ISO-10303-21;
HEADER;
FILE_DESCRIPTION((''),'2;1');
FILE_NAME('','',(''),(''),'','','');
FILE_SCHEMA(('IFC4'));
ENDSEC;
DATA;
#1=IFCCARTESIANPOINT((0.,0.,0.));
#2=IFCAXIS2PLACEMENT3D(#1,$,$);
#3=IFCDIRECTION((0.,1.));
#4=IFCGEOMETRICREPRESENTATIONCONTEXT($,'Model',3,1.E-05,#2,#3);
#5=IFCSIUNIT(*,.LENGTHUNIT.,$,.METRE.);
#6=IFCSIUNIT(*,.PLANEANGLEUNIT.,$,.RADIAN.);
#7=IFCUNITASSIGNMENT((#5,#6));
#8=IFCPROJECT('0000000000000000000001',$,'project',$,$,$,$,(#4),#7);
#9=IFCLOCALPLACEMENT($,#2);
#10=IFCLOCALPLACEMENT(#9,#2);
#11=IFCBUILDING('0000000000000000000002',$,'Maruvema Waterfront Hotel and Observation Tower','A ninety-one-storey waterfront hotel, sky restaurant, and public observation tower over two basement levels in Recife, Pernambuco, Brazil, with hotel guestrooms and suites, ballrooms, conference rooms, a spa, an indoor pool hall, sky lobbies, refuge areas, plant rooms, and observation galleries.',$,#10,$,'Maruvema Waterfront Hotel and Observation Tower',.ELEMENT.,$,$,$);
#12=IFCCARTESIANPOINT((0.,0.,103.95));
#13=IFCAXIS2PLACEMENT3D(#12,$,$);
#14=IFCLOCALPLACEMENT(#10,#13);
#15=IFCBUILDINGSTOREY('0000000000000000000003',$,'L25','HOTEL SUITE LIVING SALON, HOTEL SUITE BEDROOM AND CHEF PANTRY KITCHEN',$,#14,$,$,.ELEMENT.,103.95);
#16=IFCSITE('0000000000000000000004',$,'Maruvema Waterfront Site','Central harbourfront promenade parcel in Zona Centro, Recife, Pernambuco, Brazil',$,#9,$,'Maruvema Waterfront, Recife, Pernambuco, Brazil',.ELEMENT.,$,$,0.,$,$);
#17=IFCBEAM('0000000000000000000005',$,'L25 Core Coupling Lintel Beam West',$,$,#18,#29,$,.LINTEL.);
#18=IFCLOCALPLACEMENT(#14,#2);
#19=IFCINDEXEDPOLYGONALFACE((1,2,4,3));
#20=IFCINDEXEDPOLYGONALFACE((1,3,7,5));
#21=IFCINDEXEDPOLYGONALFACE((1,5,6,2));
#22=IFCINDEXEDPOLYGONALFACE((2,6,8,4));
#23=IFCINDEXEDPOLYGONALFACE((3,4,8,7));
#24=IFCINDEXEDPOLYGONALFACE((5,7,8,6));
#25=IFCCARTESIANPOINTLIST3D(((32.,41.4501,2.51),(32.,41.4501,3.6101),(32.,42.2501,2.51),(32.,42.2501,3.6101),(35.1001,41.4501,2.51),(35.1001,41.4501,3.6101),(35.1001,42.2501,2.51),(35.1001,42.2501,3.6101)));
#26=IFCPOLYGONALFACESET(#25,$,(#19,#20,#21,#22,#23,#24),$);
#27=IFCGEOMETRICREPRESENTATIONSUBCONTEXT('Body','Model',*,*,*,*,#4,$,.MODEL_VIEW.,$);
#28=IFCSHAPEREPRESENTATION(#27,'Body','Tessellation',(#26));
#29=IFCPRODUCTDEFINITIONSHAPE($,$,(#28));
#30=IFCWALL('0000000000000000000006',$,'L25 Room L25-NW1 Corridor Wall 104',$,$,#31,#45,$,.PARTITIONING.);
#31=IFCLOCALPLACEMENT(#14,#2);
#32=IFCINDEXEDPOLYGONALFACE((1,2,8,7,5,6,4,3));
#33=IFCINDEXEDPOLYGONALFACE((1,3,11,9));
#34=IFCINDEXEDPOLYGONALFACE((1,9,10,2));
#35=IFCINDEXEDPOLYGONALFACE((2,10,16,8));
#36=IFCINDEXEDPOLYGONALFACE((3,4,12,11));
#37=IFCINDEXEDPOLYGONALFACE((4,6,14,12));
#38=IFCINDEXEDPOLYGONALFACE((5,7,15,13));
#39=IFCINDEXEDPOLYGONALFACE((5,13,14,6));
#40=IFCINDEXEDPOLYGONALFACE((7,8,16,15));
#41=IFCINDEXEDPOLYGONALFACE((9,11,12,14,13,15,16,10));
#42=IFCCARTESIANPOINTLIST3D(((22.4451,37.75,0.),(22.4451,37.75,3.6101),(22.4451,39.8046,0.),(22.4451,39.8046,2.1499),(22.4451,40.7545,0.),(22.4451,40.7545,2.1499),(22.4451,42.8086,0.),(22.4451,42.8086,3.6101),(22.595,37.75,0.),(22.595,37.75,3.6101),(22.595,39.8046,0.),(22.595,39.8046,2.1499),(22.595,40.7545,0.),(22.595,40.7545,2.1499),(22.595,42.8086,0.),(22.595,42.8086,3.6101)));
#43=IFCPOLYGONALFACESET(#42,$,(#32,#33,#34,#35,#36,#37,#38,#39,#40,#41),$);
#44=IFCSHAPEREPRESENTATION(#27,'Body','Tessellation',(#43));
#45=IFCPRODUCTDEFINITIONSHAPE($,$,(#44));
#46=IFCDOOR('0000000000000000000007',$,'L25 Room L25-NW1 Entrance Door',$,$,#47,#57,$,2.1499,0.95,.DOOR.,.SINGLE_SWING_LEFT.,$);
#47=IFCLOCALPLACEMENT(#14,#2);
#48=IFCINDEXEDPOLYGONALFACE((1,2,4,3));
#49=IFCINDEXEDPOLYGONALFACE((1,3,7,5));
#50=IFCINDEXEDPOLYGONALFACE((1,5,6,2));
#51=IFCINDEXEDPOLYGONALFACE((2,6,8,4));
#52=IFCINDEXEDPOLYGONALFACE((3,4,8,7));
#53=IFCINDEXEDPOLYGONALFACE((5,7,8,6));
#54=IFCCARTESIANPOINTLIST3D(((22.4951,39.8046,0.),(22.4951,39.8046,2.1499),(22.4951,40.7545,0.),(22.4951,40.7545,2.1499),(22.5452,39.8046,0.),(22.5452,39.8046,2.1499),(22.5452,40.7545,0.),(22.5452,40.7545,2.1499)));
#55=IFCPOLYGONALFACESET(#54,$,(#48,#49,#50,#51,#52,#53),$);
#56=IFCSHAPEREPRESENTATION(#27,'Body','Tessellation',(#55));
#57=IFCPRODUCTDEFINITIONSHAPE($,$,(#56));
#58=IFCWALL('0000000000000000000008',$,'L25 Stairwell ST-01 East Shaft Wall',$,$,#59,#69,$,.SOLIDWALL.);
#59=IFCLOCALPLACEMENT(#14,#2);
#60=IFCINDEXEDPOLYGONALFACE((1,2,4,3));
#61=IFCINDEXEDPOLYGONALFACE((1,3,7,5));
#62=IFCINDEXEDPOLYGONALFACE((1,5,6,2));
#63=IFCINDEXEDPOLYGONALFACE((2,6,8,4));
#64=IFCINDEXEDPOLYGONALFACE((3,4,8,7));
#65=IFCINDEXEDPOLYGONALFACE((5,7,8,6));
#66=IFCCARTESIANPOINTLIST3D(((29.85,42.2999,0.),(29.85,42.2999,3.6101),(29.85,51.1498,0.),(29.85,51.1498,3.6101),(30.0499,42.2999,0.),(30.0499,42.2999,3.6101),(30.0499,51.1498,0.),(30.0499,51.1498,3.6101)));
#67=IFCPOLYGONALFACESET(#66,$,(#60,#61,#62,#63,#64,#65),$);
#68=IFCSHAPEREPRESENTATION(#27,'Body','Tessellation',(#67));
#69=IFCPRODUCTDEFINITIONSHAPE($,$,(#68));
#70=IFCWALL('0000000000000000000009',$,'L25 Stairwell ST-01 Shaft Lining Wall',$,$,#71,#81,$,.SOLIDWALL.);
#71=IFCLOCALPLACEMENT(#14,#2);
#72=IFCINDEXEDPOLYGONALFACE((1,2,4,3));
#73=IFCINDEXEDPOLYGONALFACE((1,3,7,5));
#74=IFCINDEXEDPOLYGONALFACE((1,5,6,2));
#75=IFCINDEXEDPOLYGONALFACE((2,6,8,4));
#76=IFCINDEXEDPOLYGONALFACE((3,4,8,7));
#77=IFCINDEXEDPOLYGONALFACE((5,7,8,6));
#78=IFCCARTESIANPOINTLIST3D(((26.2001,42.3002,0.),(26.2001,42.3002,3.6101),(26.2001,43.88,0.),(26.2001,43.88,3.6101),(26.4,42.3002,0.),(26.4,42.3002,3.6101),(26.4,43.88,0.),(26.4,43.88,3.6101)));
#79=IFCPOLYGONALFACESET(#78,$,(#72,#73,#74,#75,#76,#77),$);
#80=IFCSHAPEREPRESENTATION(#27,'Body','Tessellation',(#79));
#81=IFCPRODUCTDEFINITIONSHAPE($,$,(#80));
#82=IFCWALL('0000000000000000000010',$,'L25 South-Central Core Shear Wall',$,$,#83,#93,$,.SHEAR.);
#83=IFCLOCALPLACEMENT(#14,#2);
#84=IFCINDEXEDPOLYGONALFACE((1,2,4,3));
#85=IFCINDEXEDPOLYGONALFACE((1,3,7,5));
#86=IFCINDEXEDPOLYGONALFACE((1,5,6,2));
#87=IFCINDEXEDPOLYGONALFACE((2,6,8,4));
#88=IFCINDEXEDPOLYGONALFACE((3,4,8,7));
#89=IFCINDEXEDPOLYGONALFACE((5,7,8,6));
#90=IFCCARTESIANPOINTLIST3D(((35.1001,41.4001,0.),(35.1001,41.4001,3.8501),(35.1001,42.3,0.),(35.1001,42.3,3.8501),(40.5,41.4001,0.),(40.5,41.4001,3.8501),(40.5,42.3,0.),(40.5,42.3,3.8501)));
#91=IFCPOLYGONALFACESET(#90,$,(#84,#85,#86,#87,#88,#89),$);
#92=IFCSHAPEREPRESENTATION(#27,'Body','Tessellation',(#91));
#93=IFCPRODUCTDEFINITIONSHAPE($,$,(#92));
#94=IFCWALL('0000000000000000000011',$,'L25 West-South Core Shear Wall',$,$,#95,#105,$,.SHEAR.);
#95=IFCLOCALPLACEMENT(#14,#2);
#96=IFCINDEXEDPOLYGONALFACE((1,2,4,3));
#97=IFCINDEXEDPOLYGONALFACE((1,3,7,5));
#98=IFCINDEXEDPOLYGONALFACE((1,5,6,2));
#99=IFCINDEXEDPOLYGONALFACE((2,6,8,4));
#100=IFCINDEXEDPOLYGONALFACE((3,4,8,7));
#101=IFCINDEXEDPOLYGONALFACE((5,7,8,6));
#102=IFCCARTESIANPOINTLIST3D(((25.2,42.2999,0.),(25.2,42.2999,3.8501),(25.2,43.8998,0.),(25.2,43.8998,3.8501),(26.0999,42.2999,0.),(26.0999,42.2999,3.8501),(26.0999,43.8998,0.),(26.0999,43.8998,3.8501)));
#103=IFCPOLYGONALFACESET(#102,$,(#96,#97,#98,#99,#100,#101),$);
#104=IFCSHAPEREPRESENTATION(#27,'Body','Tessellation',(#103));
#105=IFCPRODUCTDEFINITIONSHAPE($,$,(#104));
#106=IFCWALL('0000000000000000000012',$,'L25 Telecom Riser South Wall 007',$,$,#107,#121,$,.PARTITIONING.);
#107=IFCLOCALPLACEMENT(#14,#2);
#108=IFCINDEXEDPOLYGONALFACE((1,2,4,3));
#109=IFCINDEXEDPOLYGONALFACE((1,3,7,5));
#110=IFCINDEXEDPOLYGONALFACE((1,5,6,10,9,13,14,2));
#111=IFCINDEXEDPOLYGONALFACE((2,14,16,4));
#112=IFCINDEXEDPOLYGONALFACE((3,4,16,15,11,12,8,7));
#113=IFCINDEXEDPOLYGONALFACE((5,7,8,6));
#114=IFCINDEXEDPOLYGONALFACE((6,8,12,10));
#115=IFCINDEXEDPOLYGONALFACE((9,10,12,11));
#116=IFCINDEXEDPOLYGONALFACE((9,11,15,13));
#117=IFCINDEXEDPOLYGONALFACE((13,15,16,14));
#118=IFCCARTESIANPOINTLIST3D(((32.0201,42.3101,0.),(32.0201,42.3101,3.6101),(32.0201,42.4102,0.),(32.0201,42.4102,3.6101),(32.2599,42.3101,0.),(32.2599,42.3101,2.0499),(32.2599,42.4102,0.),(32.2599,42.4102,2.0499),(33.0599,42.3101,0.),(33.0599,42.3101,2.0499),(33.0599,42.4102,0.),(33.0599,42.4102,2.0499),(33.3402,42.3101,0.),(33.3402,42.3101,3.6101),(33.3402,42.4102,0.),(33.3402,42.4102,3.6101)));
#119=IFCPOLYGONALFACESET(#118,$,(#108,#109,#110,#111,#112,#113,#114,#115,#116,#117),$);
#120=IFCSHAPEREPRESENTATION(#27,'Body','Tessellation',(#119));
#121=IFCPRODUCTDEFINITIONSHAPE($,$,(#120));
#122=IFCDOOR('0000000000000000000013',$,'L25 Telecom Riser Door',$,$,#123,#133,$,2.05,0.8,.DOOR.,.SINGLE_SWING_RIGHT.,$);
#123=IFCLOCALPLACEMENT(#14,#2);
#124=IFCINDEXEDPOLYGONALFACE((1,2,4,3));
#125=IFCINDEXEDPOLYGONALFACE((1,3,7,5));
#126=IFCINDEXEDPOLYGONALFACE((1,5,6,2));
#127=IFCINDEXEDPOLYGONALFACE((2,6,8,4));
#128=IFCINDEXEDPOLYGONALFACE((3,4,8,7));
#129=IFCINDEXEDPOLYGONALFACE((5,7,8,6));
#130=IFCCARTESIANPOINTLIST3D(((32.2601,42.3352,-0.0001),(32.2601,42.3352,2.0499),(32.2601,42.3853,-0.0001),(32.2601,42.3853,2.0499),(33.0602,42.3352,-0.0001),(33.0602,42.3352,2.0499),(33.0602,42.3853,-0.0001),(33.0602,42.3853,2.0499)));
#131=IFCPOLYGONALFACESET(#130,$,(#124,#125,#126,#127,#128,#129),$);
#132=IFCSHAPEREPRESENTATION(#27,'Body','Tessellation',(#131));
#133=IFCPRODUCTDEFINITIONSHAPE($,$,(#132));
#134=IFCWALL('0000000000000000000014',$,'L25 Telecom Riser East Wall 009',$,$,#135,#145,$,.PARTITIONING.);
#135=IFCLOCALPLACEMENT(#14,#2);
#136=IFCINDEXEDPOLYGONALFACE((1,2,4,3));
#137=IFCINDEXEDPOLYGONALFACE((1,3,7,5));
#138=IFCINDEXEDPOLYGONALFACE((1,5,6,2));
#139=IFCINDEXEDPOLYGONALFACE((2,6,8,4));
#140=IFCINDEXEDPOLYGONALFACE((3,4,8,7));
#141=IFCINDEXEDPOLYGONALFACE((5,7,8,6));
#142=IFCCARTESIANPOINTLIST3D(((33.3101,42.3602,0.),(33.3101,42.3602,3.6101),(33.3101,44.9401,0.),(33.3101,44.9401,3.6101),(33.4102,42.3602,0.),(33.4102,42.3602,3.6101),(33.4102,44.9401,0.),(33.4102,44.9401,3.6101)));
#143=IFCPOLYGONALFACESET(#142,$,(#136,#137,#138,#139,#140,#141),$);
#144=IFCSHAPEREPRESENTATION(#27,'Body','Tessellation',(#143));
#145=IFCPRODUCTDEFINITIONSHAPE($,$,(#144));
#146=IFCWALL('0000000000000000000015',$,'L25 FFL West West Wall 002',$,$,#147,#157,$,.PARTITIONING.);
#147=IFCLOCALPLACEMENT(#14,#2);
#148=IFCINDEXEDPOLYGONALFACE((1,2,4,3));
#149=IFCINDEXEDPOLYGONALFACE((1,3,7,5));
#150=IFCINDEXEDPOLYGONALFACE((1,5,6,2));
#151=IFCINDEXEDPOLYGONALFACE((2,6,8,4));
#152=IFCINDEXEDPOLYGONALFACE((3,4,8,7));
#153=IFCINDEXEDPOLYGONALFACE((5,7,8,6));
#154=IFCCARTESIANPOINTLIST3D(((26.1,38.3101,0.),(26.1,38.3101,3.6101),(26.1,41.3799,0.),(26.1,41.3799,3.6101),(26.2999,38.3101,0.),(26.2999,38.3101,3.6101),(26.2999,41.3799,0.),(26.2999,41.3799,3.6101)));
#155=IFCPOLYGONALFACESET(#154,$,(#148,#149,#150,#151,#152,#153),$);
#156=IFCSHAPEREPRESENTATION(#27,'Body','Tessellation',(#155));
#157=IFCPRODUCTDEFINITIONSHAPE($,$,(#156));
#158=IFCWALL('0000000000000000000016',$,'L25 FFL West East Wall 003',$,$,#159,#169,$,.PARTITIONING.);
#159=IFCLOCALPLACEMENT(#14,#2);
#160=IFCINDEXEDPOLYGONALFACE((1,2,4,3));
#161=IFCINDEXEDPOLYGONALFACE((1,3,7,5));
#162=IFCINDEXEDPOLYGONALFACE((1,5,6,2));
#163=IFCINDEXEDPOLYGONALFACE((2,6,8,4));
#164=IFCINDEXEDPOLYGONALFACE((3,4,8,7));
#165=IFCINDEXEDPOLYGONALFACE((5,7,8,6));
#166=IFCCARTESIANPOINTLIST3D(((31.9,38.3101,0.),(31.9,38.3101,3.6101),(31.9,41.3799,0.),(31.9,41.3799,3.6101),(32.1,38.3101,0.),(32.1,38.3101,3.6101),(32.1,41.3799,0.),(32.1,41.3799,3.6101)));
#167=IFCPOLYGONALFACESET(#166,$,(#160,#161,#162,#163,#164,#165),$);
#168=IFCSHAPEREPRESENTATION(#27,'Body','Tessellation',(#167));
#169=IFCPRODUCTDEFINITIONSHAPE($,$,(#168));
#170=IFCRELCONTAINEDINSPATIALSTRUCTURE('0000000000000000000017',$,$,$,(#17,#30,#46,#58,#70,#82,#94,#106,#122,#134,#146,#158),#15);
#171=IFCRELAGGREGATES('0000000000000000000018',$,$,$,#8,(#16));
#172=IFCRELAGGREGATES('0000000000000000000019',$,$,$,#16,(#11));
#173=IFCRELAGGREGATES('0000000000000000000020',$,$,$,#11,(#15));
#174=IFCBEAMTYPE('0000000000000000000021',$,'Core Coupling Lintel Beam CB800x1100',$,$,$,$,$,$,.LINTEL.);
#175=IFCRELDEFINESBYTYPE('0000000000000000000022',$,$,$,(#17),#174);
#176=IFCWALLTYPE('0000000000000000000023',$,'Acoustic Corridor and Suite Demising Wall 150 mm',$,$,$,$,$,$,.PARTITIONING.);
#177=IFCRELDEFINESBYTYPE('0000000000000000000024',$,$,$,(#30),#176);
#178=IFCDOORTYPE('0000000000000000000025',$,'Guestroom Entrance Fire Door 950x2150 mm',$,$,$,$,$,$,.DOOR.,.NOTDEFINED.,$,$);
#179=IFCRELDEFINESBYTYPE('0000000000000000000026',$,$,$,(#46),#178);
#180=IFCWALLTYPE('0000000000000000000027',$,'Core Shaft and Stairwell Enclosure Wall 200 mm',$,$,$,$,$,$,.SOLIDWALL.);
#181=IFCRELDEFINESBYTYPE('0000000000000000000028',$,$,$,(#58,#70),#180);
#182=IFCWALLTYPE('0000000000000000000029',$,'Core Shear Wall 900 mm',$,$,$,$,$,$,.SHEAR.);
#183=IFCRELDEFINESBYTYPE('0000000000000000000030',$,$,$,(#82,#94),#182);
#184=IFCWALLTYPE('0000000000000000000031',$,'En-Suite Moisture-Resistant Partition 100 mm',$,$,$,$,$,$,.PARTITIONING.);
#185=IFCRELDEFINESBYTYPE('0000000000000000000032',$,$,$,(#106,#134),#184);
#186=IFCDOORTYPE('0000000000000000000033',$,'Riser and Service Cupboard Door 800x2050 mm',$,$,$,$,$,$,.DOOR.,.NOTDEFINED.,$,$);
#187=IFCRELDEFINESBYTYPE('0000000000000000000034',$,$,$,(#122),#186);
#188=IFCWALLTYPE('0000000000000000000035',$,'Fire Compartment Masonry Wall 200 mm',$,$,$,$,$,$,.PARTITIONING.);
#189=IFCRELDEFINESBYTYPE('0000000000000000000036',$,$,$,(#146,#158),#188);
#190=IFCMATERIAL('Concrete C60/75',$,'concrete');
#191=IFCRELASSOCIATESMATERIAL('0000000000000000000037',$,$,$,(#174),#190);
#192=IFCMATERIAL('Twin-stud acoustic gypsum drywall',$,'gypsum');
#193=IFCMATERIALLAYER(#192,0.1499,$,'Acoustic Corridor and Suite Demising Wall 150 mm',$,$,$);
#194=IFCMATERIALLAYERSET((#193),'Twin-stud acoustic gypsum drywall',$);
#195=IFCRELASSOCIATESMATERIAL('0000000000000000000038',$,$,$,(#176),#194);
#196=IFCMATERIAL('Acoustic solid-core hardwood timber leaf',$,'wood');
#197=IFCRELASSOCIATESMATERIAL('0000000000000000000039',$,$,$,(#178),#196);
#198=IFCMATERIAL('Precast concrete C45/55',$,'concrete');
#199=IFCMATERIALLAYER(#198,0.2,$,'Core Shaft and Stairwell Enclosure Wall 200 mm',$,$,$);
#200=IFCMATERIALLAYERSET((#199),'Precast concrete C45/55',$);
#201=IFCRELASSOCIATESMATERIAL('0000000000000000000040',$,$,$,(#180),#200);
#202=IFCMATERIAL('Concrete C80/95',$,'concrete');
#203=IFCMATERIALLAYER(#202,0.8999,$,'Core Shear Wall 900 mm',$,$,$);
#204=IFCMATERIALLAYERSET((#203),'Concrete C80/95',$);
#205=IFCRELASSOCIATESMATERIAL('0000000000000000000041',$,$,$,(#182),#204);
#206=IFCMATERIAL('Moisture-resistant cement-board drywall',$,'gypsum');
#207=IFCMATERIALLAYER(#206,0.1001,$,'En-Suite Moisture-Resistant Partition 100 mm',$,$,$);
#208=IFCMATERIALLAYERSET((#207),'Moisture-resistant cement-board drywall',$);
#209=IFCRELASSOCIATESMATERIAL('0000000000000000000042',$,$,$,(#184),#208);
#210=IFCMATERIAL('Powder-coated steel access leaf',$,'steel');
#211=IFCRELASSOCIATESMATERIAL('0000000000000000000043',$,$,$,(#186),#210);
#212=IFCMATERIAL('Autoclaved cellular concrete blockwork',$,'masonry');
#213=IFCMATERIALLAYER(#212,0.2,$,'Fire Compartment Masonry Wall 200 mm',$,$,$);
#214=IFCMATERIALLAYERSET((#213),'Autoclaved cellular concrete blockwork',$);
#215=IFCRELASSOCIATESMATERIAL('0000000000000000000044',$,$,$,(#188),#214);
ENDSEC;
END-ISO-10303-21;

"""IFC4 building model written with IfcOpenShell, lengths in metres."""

from ifc_helpers import new_model, si_unit, direction, frame, frame_2d, origin, origin_2d, place, context, subcontext, project, spatial, rectangle, extrude, material, layer, layer_set, material_profile, profile_set, type_object, element, fill, save


model = new_model("IFC4")

# Units and contexts
model_context = context("Model", 3, precision=1e-05, world=origin(), true_north=direction((0.0, 1.0)))
body_context = subcontext(model_context, "Body", "Model", "MODEL_VIEW")
ifc_project = project(units=[si_unit("LENGTHUNIT", "METRE"), si_unit("PLANEANGLEUNIT", "RADIAN")], contexts=[model_context])

# Site, building, storey
site_placement = place(None, origin())
site = spatial("IfcSite", under=ifc_project, at=site_placement, Name="Maruvema Waterfront Site", Description="Central harbourfront promenade parcel in Zona Centro, Recife, Pernambuco, Brazil", LongName="Maruvema Waterfront, Recife, Pernambuco, Brazil", CompositionType="ELEMENT", RefElevation=0.0)
building_placement = place(site_placement, origin())
building = spatial("IfcBuilding", under=site, at=building_placement, Name="Maruvema Waterfront Hotel and Observation Tower", Description="A ninety-one-storey waterfront hotel, sky restaurant, and public observation tower over two basement levels in Recife, Pernambuco, Brazil, with hotel guestrooms and suites, ballrooms, conference rooms, a spa, an indoor pool hall, sky lobbies, refuge areas, plant rooms, and observation galleries.", LongName="Maruvema Waterfront Hotel and Observation Tower", CompositionType="ELEMENT")
storey_placement = place(building_placement, frame((0.0, 0.0, 103.95)))
storey = spatial("IfcBuildingStorey", under=building, at=storey_placement, Name="L25", Description="HOTEL SUITE LIVING SALON, HOTEL SUITE BEDROOM AND CHEF PANTRY KITCHEN", CompositionType="ELEMENT", Elevation=103.95)

# Beam
ifc_material_1 = material(Name="Concrete C60/75", Category="concrete")
ifc_material_profile = material_profile(ifc_material_1, rectangle(XDim=0.8, YDim=1.1001, at=origin_2d()), Name="CB800x1100")
ifc_profile_set = profile_set([ifc_material_profile], Name="Concrete C60/75")
beam_type = type_object("IfcBeamType", Name="Core Coupling Lintel Beam CB800x1100", PredefinedType="LINTEL", material=ifc_profile_set)
beam_placement = place(storey_placement, frame((32.0, 41.8501, 3.0601), z_axis=(1.0, 0.0, 0.0), x_axis=(0.0, 1.0, 0.0)))
element("IfcBeam", 1, at=beam_placement, inside=storey, type_object=beam_type, Name="L25 Core Coupling Lintel Beam West", PredefinedType="LINTEL", context=body_context, shape_type="SweptSolid", body=[
    extrude(rectangle(XDim=0.8, YDim=1.1001, at=origin_2d()), origin(), (0.0, 0.0, 1.0), 3.1001),
])

# Wall, opening, door
ifc_material_2 = material(Name="Twin-stud acoustic gypsum drywall", Category="gypsum")
ifc_layer_1 = layer(ifc_material_2, 0.1499, Name="Acoustic Corridor and Suite Demising Wall 150 mm")
ifc_layer_set_1 = layer_set([ifc_layer_1], Name="Twin-stud acoustic gypsum drywall")
wall_type_1 = type_object("IfcWallType", Name="Acoustic Corridor and Suite Demising Wall 150 mm", PredefinedType="PARTITIONING", material=ifc_layer_set_1)
wall_1_placement = place(storey_placement, frame((22.52, 37.75, 0.0), z_axis=(0.0, 0.0, 1.0), x_axis=(0.0, 1.0, 0.0)))
wall_1 = element("IfcWall", 2, at=wall_1_placement, inside=storey, type_object=wall_type_1, Name="L25 Room L25-NW1 Corridor Wall 104", PredefinedType="PARTITIONING", context=body_context, shape_type="SweptSolid", body=[
    extrude(rectangle(XDim=5.0586, YDim=0.1499, at=frame_2d((2.5293, 0.0))), origin(), (0.0, 0.0, 1.0), 3.6101),
])
opening_1_placement = place(wall_1_placement, frame((2.0544, 0.0, 0.0)))
opening_1 = element("IfcOpeningElement", 3, at=opening_1_placement, cuts=wall_1, PredefinedType="OPENING", context=body_context, shape_type="SweptSolid", body=[
    extrude(rectangle(XDim=0.95, YDim=2.1499, at=frame_2d((0.4751, 1.075))), frame((0.0, 0.085, 0.0), z_axis=(0.0, -1.0, 0.0), x_axis=(1.0, 0.0, 0.0)), (0.0, 0.0, 1.0), 0.1699),
])
ifc_material_3 = material(Name="Acoustic solid-core hardwood timber leaf", Category="wood")
door_type_1 = type_object("IfcDoorType", Name="Guestroom Entrance Fire Door 950x2150 mm", OperationType="NOTDEFINED", PredefinedType="DOOR", material=ifc_material_3)
door_1_placement = place(opening_1_placement, origin())
door_1 = element("IfcDoor", 4, at=door_1_placement, inside=storey, type_object=door_type_1, Name="L25 Room L25-NW1 Entrance Door", OperationType="SINGLE_SWING_LEFT", OverallHeight=2.1499, OverallWidth=0.95, PredefinedType="DOOR", context=body_context, shape_type="SweptSolid", body=[
    extrude(rectangle(XDim=0.95, YDim=2.1499, at=frame_2d((0.4751, 1.075))), frame((0.0, 0.0249, 0.0), z_axis=(0.0, -1.0, 0.0), x_axis=(1.0, 0.0, 0.0)), (0.0, 0.0, 1.0), 0.05),
])
fill(opening_1, door_1)

# Walls
ifc_material_4 = material(Name="Precast concrete C45/55", Category="concrete")
ifc_layer_2 = layer(ifc_material_4, 0.2, Name="Core Shaft and Stairwell Enclosure Wall 200 mm")
ifc_layer_set_2 = layer_set([ifc_layer_2], Name="Precast concrete C45/55")
wall_type_2 = type_object("IfcWallType", Name="Core Shaft and Stairwell Enclosure Wall 200 mm", PredefinedType="SOLIDWALL", material=ifc_layer_set_2)
wall_2_placement = place(storey_placement, frame((29.95, 42.3, 0.0), z_axis=(0.0, 0.0, 1.0), x_axis=(0.0, 1.0, 0.0)))
element("IfcWall", 5, at=wall_2_placement, inside=storey, type_object=wall_type_2, Name="L25 Stairwell ST-01 East Shaft Wall", PredefinedType="SOLIDWALL", context=body_context, shape_type="SweptSolid", body=[
    extrude(rectangle(XDim=8.8499, YDim=0.2, at=frame_2d((4.4248, 0.0))), origin(), (0.0, 0.0, 1.0), 3.6101),
])
wall_3_placement = place(storey_placement, frame((26.3, 42.3, 0.0), z_axis=(0.0, 0.0, 1.0), x_axis=(0.0, 1.0, 0.0)))
element("IfcWall", 6, at=wall_3_placement, inside=storey, type_object=wall_type_2, Name="L25 Stairwell ST-01 Shaft Lining Wall", PredefinedType="SOLIDWALL", context=body_context, shape_type="SweptSolid", body=[
    extrude(rectangle(XDim=1.5798, YDim=0.2, at=frame_2d((0.79, 0.0))), origin(), (0.0, 0.0, 1.0), 3.6101),
])

# Shared definitions
ifc_material_5 = material(Name="Concrete C80/95", Category="concrete")
ifc_layer_3 = layer(ifc_material_5, 0.8999, Name="Core Shear Wall 900 mm")
ifc_layer_set_3 = layer_set([ifc_layer_3], Name="Concrete C80/95")
wall_type_3 = type_object("IfcWallType", Name="Core Shear Wall 900 mm", PredefinedType="SHEAR", material=ifc_layer_set_3)

# Walls
wall_4_placement = place(storey_placement, frame((35.1001, 41.8501, 0.0), z_axis=(0.0, 0.0, 1.0), x_axis=(1.0, 0.0, 0.0)))
element("IfcWall", 7, at=wall_4_placement, inside=storey, type_object=wall_type_3, Name="L25 South-Central Core Shear Wall", PredefinedType="SHEAR", context=body_context, shape_type="SweptSolid", body=[
    extrude(rectangle(XDim=5.3999, YDim=0.8999, at=frame_2d((2.7, 0.0))), origin(), (0.0, 0.0, 1.0), 3.8501),
])
wall_5_placement = place(storey_placement, frame((25.6499, 42.3, 0.0), z_axis=(0.0, 0.0, 1.0), x_axis=(0.0, 1.0, 0.0)))
element("IfcWall", 8, at=wall_5_placement, inside=storey, type_object=wall_type_3, Name="L25 West-South Core Shear Wall", PredefinedType="SHEAR", context=body_context, shape_type="SweptSolid", body=[
    extrude(rectangle(XDim=1.5999, YDim=0.8999, at=frame_2d((0.7998, 0.0))), origin(), (0.0, 0.0, 1.0), 3.8501),
])

# Wall, opening, door
ifc_material_6 = material(Name="Moisture-resistant cement-board drywall", Category="gypsum")
ifc_layer_4 = layer(ifc_material_6, 0.1001, Name="En-Suite Moisture-Resistant Partition 100 mm")
ifc_layer_set_4 = layer_set([ifc_layer_4], Name="Moisture-resistant cement-board drywall")
wall_type_4 = type_object("IfcWallType", Name="En-Suite Moisture-Resistant Partition 100 mm", PredefinedType="PARTITIONING", material=ifc_layer_set_4)
wall_6_placement = place(storey_placement, frame((32.02, 42.3601, 0.0), z_axis=(0.0, 0.0, 1.0), x_axis=(1.0, 0.0, 0.0)))
wall_6 = element("IfcWall", 9, at=wall_6_placement, inside=storey, type_object=wall_type_4, Name="L25 Telecom Riser South Wall 007", PredefinedType="PARTITIONING", context=body_context, shape_type="SweptSolid", body=[
    extrude(rectangle(XDim=1.3201, YDim=0.1001, at=frame_2d((0.6602, 0.0))), origin(), (0.0, 0.0, 1.0), 3.6101),
])
opening_2_placement = place(wall_6_placement, frame((0.24, 0.0, 0.0)))
opening_2 = element("IfcOpeningElement", 10, at=opening_2_placement, cuts=wall_6, PredefinedType="OPENING", context=body_context, shape_type="SweptSolid", body=[
    extrude(rectangle(XDim=0.8, YDim=2.05, at=frame_2d((0.3999, 1.0249))), frame((0.0, 0.0601, 0.0), z_axis=(0.0, -1.0, 0.0), x_axis=(1.0, 0.0, 0.0)), (0.0, 0.0, 1.0), 0.1201),
])
ifc_material_7 = material(Name="Powder-coated steel access leaf", Category="steel")
door_type_2 = type_object("IfcDoorType", Name="Riser and Service Cupboard Door 800x2050 mm", OperationType="NOTDEFINED", PredefinedType="DOOR", material=ifc_material_7)
door_2_placement = place(opening_2_placement, frame((0.8, 0.0, 0.0), z_axis=(0.0, 0.0, 1.0), x_axis=(-1.0, 0.0, 0.0)))
door_2 = element("IfcDoor", 11, at=door_2_placement, inside=storey, type_object=door_type_2, Name="L25 Telecom Riser Door", OperationType="SINGLE_SWING_RIGHT", OverallHeight=2.05, OverallWidth=0.8, PredefinedType="DOOR", context=body_context, shape_type="SweptSolid", body=[
    extrude(rectangle(XDim=0.8, YDim=2.05, at=frame_2d((0.3999, 1.0249))), frame((0.0, 0.0249, 0.0), z_axis=(0.0, -1.0, 0.0), x_axis=(1.0, 0.0, 0.0)), (0.0, 0.0, 1.0), 0.05),
])
fill(opening_2, door_2)

# Wall
wall_7_placement = place(storey_placement, frame((33.3601, 42.3601, 0.0), z_axis=(0.0, 0.0, 1.0), x_axis=(0.0, 1.0, 0.0)))
element("IfcWall", 12, at=wall_7_placement, inside=storey, type_object=wall_type_4, Name="L25 Telecom Riser East Wall 009", PredefinedType="PARTITIONING", context=body_context, shape_type="SweptSolid", body=[
    extrude(rectangle(XDim=2.5798, YDim=0.1001, at=frame_2d((1.29, 0.0))), origin(), (0.0, 0.0, 1.0), 3.6101),
])

# Shared definitions
ifc_material_8 = material(Name="Autoclaved cellular concrete blockwork", Category="masonry")
ifc_layer_5 = layer(ifc_material_8, 0.2, Name="Fire Compartment Masonry Wall 200 mm")
ifc_layer_set_5 = layer_set([ifc_layer_5], Name="Autoclaved cellular concrete blockwork")
wall_type_5 = type_object("IfcWallType", Name="Fire Compartment Masonry Wall 200 mm", PredefinedType="PARTITIONING", material=ifc_layer_set_5)

# Walls
for number, where, z_axis, x_axis, name in (
    (13, (26.2, 38.3101, 0.0), (0.0, 0.0, 1.0), (0.0, 1.0, 0.0), "L25 FFL West West Wall 002"),
    (14, (32.0, 38.3101, 0.0), (0.0, 0.0, 1.0), (0.0, 1.0, 0.0), "L25 FFL West East Wall 003"),
):
    element("IfcWall", number, at=place(storey_placement, frame(where, z_axis=z_axis, x_axis=x_axis)), inside=storey, type_object=wall_type_5, Name=name, PredefinedType="PARTITIONING", context=body_context, shape_type="SweptSolid", body=[
        extrude(rectangle(XDim=3.0698, YDim=0.2, at=frame_2d((1.5349, 0.0))), origin(), (0.0, 0.0, 1.0), 3.6101),
    ])

save(model, "model.ifc")
